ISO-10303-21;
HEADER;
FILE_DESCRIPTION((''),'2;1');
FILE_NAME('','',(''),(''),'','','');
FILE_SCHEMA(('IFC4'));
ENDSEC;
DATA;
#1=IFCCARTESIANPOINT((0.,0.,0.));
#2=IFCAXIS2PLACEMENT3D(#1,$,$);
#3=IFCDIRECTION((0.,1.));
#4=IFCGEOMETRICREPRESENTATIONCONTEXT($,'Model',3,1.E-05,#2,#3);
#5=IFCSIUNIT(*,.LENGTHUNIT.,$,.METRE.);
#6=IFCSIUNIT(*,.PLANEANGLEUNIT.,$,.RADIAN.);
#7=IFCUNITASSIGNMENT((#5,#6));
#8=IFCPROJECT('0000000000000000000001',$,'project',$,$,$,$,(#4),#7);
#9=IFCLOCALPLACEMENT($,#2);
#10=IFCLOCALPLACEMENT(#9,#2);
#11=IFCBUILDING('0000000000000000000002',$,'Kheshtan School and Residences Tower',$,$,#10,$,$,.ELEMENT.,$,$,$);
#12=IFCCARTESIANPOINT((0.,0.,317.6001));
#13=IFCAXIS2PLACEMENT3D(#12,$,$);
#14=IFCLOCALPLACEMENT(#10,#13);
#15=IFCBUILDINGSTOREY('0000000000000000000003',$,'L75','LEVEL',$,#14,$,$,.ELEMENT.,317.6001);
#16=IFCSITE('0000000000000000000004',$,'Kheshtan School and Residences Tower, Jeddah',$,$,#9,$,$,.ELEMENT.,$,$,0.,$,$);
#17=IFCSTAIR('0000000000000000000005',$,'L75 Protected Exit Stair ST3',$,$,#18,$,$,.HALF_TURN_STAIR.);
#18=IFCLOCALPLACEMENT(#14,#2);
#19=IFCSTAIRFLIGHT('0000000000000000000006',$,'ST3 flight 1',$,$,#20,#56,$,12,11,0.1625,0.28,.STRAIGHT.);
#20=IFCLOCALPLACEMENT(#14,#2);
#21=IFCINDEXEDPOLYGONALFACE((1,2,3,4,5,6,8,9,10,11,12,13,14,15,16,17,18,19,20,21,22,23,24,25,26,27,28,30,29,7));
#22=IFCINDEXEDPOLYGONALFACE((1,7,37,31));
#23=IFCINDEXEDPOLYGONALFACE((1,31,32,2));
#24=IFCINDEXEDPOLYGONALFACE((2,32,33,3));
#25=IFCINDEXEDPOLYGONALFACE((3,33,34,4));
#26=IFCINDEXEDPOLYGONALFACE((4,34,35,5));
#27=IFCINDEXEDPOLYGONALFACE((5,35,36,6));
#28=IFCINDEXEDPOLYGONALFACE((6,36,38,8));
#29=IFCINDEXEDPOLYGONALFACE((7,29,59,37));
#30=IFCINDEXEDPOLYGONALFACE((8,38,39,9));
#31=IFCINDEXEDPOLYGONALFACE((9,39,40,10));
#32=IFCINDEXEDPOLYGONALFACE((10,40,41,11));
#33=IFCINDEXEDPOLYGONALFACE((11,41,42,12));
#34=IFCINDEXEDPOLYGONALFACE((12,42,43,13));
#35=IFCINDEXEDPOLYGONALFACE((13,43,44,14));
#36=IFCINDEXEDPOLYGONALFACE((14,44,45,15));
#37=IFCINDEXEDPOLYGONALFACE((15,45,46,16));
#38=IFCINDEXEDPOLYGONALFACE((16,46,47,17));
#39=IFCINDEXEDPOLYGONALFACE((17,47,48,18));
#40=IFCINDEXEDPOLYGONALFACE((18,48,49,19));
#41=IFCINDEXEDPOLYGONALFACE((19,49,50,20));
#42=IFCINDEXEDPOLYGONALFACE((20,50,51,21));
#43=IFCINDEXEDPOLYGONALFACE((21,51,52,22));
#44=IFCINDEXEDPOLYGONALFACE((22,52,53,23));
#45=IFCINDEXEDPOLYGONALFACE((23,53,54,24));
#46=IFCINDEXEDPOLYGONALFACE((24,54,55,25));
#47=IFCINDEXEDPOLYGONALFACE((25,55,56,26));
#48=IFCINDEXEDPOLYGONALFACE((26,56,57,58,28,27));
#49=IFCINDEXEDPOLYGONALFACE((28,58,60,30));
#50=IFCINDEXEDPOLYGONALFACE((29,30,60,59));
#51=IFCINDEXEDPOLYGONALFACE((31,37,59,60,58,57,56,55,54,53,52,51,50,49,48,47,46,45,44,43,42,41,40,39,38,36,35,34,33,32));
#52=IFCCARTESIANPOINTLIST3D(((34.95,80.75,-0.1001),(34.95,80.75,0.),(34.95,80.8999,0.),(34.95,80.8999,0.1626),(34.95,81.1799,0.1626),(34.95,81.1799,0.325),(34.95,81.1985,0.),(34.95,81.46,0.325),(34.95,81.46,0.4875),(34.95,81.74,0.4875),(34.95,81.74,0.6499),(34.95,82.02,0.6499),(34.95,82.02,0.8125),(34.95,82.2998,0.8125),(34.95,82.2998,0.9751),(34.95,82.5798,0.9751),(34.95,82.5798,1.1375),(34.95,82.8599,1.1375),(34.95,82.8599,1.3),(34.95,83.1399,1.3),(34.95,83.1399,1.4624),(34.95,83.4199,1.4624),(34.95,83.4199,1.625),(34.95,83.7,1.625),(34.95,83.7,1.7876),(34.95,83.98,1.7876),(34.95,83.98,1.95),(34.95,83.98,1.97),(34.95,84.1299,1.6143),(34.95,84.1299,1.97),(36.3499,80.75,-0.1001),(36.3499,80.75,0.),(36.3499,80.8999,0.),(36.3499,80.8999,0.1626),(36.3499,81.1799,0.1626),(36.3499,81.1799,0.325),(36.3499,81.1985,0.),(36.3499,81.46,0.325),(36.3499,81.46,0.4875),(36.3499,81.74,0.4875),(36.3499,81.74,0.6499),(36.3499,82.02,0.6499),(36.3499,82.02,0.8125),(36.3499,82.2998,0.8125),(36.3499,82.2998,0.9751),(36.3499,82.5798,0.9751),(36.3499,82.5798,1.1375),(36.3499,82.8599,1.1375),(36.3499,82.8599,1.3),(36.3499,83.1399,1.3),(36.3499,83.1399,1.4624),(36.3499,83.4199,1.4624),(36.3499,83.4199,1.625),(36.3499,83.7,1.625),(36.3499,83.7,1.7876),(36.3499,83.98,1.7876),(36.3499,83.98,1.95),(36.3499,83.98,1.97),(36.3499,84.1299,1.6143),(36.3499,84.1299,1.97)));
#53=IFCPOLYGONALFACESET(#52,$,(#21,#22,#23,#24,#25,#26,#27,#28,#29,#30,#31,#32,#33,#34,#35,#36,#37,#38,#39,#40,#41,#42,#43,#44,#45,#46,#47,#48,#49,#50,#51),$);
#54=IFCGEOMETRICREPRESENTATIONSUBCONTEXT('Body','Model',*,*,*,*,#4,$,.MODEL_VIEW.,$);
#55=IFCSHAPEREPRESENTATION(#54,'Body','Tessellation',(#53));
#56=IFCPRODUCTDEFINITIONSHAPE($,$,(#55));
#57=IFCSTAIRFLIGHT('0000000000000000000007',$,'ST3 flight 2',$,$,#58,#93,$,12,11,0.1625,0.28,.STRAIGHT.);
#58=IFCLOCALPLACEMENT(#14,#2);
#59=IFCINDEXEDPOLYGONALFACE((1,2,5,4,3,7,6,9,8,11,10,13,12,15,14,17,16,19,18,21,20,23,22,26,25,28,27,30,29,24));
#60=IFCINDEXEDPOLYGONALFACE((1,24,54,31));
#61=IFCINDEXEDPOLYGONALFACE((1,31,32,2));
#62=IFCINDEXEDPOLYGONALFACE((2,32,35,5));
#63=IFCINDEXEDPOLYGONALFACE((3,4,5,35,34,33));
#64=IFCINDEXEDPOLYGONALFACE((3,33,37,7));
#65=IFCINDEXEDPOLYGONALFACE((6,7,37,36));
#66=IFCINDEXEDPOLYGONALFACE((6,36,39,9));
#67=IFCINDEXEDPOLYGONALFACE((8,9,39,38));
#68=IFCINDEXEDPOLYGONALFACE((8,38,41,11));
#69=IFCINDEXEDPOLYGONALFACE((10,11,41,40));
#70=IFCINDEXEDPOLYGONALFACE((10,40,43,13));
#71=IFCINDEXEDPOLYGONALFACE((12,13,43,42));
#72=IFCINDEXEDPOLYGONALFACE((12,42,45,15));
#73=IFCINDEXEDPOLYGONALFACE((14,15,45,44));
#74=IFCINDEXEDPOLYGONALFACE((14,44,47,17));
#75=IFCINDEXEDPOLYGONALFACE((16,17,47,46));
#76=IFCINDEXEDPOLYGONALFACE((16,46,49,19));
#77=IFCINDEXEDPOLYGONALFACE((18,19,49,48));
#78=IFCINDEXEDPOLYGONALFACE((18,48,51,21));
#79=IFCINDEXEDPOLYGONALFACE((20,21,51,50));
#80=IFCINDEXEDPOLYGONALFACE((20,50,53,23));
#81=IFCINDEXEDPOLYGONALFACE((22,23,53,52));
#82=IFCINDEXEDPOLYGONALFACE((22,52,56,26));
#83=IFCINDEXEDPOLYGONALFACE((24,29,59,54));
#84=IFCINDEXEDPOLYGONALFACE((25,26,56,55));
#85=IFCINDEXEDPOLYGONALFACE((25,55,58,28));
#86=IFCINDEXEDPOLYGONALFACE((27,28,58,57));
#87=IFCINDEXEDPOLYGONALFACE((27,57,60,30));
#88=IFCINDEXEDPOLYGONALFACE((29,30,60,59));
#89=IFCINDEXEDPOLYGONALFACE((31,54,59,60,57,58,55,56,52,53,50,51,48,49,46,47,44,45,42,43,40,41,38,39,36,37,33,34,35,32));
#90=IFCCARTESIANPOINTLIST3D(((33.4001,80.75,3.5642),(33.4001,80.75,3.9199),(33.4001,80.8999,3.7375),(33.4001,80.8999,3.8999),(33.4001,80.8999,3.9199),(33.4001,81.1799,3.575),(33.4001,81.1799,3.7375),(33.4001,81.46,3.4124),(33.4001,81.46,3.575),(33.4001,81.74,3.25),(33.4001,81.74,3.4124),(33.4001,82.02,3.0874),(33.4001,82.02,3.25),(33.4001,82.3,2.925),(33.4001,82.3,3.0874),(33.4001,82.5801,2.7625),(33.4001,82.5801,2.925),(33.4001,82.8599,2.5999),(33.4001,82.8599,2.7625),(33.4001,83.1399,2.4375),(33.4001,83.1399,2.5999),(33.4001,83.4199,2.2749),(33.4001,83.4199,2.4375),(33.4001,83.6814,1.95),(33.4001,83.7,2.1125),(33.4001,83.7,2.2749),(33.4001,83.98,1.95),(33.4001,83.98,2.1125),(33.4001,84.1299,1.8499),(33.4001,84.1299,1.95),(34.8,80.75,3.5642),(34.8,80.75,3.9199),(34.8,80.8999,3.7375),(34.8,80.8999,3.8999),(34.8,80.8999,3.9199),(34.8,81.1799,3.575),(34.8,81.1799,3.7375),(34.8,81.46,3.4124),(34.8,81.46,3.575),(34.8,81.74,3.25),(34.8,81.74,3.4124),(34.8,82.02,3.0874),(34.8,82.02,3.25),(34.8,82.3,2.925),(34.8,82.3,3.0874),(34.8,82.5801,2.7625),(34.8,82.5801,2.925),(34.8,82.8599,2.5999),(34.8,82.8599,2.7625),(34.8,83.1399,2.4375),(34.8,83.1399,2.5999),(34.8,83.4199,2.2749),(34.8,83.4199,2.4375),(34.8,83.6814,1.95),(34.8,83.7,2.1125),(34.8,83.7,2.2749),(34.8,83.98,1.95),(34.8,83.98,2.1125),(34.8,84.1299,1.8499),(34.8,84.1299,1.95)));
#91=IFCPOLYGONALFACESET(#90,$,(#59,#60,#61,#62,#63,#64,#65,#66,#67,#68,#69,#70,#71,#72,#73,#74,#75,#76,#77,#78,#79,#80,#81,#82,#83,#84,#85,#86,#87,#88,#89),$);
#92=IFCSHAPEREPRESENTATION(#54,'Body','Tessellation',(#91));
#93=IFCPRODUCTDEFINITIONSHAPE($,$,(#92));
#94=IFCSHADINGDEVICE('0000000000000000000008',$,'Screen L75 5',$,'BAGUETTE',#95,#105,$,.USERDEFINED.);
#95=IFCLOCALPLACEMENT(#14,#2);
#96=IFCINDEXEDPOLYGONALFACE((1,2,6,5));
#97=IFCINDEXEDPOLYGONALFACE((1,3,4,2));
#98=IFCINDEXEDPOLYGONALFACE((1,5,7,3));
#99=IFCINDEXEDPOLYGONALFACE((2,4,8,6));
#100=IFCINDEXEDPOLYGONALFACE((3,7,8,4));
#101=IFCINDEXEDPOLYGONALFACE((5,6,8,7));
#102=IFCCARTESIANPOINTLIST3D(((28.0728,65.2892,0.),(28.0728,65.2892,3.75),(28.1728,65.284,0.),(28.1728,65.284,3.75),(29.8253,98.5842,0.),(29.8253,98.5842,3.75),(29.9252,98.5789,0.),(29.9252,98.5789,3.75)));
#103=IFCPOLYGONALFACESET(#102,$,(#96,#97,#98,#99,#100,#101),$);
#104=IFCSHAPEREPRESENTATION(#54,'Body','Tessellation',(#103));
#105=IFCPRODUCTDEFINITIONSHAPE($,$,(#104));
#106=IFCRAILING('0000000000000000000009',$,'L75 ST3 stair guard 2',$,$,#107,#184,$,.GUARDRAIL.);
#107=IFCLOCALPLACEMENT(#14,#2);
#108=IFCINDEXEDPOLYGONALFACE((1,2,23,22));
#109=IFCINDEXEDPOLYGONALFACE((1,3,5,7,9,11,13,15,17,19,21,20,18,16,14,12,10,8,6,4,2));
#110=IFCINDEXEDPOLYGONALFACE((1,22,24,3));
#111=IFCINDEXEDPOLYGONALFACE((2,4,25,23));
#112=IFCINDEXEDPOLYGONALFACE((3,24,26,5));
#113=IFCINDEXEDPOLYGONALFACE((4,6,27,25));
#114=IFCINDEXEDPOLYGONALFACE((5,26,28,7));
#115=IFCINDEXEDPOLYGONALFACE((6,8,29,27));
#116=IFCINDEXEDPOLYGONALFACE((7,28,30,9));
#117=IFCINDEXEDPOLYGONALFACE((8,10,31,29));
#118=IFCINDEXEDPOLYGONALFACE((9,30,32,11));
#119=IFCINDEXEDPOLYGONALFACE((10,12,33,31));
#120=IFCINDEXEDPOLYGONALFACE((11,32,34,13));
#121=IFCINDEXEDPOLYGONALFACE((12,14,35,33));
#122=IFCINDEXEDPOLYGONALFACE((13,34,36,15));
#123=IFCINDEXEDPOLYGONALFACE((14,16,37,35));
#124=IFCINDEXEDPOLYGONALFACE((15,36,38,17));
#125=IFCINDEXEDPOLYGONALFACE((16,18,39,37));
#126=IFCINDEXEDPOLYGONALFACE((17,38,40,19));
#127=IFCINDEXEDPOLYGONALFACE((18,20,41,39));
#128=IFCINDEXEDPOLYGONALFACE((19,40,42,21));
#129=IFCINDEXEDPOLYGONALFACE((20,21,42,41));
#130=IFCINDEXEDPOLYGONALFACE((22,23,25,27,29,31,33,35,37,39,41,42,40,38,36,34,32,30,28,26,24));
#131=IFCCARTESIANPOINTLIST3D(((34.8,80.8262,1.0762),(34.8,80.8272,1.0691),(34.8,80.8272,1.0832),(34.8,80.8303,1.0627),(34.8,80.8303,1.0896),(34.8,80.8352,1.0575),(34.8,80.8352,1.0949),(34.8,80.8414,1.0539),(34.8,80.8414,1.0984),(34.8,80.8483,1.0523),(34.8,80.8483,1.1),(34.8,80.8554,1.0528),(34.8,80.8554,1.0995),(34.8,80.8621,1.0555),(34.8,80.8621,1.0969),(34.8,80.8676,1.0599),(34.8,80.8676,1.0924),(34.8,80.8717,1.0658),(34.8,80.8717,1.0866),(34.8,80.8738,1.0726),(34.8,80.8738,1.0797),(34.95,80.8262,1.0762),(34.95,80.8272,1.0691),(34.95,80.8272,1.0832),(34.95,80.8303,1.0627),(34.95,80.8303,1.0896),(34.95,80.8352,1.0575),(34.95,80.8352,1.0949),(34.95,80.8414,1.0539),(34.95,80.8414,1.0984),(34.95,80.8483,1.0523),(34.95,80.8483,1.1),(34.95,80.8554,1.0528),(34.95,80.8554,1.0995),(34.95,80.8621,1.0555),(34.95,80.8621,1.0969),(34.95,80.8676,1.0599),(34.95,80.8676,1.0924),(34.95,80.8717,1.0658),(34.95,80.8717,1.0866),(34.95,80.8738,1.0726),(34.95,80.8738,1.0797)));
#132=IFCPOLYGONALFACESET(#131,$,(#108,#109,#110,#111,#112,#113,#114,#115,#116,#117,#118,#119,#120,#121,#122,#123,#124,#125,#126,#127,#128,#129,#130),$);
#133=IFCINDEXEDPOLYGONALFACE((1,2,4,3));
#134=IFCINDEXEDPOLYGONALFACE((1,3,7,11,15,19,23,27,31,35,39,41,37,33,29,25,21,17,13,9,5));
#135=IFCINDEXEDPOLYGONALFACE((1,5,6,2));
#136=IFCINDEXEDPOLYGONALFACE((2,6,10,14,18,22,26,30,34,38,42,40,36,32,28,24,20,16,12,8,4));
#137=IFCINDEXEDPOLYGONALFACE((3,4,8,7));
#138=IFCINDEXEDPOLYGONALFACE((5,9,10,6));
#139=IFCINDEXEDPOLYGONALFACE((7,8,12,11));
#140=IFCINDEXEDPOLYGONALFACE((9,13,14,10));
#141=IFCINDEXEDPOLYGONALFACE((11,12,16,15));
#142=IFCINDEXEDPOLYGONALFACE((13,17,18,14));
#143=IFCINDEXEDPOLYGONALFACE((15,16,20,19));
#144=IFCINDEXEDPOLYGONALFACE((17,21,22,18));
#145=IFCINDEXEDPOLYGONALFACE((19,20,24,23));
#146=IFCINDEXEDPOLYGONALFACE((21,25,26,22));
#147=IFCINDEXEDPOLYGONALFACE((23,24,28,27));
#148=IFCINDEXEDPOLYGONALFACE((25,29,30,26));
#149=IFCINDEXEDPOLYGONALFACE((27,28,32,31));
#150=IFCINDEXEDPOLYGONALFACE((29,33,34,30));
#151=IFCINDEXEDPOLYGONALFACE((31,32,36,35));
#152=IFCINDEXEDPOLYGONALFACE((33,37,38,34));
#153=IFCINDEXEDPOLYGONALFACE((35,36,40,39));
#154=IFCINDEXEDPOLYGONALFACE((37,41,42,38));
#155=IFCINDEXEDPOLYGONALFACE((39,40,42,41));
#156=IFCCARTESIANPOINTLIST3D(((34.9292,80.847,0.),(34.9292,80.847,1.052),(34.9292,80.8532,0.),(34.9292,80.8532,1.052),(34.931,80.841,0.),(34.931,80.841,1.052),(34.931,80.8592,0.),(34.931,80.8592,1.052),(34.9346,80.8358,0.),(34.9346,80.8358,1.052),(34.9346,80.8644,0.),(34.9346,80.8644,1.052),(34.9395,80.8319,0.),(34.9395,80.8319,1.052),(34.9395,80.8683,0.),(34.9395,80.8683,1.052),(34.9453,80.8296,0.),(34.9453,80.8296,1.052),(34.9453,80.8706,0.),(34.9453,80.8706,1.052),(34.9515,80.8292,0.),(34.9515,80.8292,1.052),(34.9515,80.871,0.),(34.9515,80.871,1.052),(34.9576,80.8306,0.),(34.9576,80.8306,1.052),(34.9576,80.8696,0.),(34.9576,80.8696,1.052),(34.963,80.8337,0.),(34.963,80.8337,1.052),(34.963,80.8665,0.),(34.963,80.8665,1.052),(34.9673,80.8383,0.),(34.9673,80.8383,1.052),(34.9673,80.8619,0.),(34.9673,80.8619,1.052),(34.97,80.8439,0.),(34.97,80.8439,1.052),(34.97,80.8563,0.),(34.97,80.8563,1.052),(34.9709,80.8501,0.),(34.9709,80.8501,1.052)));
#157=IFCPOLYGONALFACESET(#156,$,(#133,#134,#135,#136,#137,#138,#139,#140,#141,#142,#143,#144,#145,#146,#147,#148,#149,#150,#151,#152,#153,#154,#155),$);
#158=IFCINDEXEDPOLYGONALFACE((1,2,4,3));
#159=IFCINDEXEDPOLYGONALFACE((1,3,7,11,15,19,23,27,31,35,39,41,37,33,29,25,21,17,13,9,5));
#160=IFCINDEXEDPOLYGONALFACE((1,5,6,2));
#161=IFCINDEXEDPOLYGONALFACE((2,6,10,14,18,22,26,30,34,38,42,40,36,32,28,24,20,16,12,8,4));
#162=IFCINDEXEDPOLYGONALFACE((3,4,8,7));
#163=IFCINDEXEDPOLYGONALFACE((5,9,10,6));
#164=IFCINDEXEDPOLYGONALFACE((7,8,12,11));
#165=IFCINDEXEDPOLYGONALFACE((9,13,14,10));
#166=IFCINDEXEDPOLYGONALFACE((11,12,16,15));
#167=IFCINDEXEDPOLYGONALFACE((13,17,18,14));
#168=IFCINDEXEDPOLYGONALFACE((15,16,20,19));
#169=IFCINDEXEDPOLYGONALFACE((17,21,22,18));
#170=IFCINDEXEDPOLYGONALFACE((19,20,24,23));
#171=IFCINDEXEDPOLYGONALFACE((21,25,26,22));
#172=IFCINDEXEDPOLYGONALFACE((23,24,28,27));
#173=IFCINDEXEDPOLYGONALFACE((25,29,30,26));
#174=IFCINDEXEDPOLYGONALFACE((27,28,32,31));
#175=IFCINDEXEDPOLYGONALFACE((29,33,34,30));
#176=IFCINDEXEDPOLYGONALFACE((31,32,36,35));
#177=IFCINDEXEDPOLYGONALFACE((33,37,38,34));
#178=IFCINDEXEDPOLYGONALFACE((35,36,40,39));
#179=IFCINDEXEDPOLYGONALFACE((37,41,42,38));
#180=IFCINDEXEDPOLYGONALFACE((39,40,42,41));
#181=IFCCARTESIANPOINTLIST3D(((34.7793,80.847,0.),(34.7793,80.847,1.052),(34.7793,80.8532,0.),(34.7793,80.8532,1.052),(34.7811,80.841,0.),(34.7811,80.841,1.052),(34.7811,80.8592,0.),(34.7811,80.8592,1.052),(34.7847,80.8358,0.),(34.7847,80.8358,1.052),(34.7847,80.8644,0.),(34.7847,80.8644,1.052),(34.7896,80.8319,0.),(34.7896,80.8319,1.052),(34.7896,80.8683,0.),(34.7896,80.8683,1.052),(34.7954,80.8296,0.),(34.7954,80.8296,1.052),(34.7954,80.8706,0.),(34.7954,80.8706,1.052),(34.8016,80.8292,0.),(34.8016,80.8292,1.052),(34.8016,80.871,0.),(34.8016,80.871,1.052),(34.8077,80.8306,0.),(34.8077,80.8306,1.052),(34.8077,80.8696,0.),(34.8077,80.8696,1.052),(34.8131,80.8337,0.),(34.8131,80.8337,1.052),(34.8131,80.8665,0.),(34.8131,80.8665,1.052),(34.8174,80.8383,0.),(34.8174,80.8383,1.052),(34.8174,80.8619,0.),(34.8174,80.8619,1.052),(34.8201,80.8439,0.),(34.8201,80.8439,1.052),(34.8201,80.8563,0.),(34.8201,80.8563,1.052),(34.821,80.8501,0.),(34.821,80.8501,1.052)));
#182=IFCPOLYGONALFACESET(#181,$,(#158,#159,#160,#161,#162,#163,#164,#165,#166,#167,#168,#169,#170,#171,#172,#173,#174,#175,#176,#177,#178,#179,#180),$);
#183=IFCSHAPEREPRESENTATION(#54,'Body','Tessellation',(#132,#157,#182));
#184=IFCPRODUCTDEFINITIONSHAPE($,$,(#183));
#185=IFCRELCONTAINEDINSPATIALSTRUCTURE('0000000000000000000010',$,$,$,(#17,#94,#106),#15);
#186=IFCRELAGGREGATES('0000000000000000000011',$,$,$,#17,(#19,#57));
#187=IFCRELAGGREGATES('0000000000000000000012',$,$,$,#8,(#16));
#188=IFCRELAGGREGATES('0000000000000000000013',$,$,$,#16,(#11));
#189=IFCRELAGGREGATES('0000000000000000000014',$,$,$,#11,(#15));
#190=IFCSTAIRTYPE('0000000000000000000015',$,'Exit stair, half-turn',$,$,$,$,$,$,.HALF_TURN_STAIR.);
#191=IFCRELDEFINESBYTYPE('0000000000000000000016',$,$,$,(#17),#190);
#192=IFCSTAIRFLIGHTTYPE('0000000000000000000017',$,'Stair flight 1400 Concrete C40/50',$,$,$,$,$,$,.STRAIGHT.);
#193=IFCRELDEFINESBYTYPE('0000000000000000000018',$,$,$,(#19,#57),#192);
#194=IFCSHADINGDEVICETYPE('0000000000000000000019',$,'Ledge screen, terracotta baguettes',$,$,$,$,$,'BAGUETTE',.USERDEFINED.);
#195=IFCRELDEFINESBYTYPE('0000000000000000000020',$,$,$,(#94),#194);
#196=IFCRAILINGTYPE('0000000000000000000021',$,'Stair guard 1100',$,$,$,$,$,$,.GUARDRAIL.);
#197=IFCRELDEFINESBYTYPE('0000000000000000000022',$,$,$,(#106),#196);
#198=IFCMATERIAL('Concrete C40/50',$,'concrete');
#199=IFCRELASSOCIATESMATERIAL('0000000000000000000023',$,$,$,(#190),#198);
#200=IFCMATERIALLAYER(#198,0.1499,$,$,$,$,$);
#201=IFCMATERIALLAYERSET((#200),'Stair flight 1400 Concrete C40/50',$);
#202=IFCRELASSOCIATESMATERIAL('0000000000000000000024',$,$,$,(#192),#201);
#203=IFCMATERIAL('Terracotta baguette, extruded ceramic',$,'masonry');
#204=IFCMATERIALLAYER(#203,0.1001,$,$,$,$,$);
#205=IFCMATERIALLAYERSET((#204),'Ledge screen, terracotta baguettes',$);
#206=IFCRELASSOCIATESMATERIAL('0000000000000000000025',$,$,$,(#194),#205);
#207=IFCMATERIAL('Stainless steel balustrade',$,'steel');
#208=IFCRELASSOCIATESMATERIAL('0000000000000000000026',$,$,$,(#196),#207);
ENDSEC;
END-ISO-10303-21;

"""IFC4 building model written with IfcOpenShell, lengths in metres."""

from ifc_helpers import new_model, si_unit, direction, frame, origin, origin_2d, place, context, subcontext, project, spatial, polyline, rectangle, circle, outline, extrude, material, layer, layer_set, type_object, element, aggregate, save


model = new_model("IFC4")

# Units and contexts
model_context = context("Model", 3, precision=1e-05, world=origin(), true_north=direction((0.0, 1.0)))
body_context = subcontext(model_context, "Body", "Model", "MODEL_VIEW")
ifc_project = project(units=[si_unit("LENGTHUNIT", "METRE"), si_unit("PLANEANGLEUNIT", "RADIAN")], contexts=[model_context])

# Site, building, storey
site_placement = place(None, origin())
site = spatial("IfcSite", under=ifc_project, at=site_placement, Name="Kheshtan School and Residences Tower, Jeddah", CompositionType="ELEMENT", RefElevation=0.0)
building_placement = place(site_placement, origin())
building = spatial("IfcBuilding", under=site, at=building_placement, Name="Kheshtan School and Residences Tower", CompositionType="ELEMENT")
storey_placement = place(building_placement, frame((0.0, 0.0, 317.6001)))
storey = spatial("IfcBuildingStorey", under=building, at=storey_placement, Name="L75", Description="LEVEL", CompositionType="ELEMENT", Elevation=317.6001)

# Shared definitions
ifc_material_1 = material(Name="Concrete C40/50", Category="concrete")

# Stair, stair flights
stair_type = type_object("IfcStairType", Name="Exit stair, half-turn", PredefinedType="HALF_TURN_STAIR", material=ifc_material_1)
stair_placement = place(storey_placement, origin())
stair = element("IfcStair", 1, at=stair_placement, inside=storey, type_object=stair_type, Name="L75 Protected Exit Stair ST3", PredefinedType="HALF_TURN_STAIR")
ifc_layer_1 = layer(ifc_material_1, 0.1499)
ifc_layer_set_1 = layer_set([ifc_layer_1], Name="Stair flight 1400 Concrete C40/50")
stair_flight_type = type_object("IfcStairFlightType", Name="Stair flight 1400 Concrete C40/50", PredefinedType="STRAIGHT", material=ifc_layer_set_1)
stair_flight_1_placement = place(storey_placement, frame((35.6499, 80.8999, 0.0), z_axis=(0.0, 0.0, 1.0), x_axis=(0.0, 1.0, 0.0)))
stair_flight_1 = element("IfcStairFlight", 2, at=stair_flight_1_placement, type_object=stair_flight_type, Name="ST3 flight 1", NumberOfRisers=12, NumberOfTreads=11, PredefinedType="STRAIGHT", RiserHeight=0.1625, TreadLength=0.28, context=body_context, shape_type="SweptSolid", body=[
    extrude(outline(polyline([(-0.1499, -0.1001), (-0.1499, 0.0), (0.0, 0.0), (0.0, 0.1626), (0.28, 0.1626), (0.28, 0.325), (0.5601, 0.325), (0.5601, 0.4875), (0.8401, 0.4875), (0.8401, 0.6499), (1.1201, 0.6499), (1.1201, 0.8125), (1.3999, 0.8125), (1.3999, 0.9751), (1.6799, 0.9751), (1.6799, 1.1375), (1.96, 1.1375), (1.96, 1.3), (2.24, 1.3), (2.24, 1.4624), (2.52, 1.4624), (2.52, 1.625), (2.8, 1.625), (2.8, 1.7876), (3.0801, 1.7876), (3.0801, 1.95), (3.0801, 1.97), (3.23, 1.97), (3.23, 1.6143), (0.2986, 0.0), (-0.1499, -0.1001)])), frame((0.0, 0.7, 0.0), z_axis=(0.0, -1.0, 0.0), x_axis=(1.0, 0.0, 0.0)), (0.0, 0.0, 1.0), 1.3999),
])
stair_flight_2_placement = place(storey_placement, frame((34.1001, 83.98, 1.95), z_axis=(0.0, 0.0, 1.0), x_axis=(0.0, -1.0, 0.0)))
stair_flight_2 = element("IfcStairFlight", 3, at=stair_flight_2_placement, type_object=stair_flight_type, Name="ST3 flight 2", NumberOfRisers=12, NumberOfTreads=11, PredefinedType="STRAIGHT", RiserHeight=0.1625, TreadLength=0.28, context=body_context, shape_type="SweptSolid", body=[
    extrude(outline(polyline([(-0.1499, -0.1001), (-0.1499, 0.0), (0.0, 0.0), (0.0, 0.1626), (0.28, 0.1626), (0.28, 0.325), (0.5601, 0.325), (0.5601, 0.4875), (0.8401, 0.4875), (0.8401, 0.6499), (1.1201, 0.6499), (1.1201, 0.8125), (1.3999, 0.8125), (1.3999, 0.9751), (1.6799, 0.9751), (1.6799, 1.1375), (1.96, 1.1375), (1.96, 1.3), (2.24, 1.3), (2.24, 1.4624), (2.52, 1.4624), (2.52, 1.625), (2.8, 1.625), (2.8, 1.7876), (3.0801, 1.7876), (3.0801, 1.95), (3.0801, 1.97), (3.23, 1.97), (3.23, 1.6143), (0.2986, 0.0), (-0.1499, -0.1001)])), frame((0.0, 0.7, 0.0), z_axis=(0.0, -1.0, 0.0), x_axis=(1.0, 0.0, 0.0)), (0.0, 0.0, 1.0), 1.3999),
])
aggregate(stair, [stair_flight_1, stair_flight_2])

# Shading device
ifc_material_2 = material(Name="Terracotta baguette, extruded ceramic", Category="masonry")
ifc_layer_2 = layer(ifc_material_2, 0.1001)
ifc_layer_set_2 = layer_set([ifc_layer_2], Name="Ledge screen, terracotta baguettes")
shading_device_type = type_object("IfcShadingDeviceType", Name="Ledge screen, terracotta baguettes", ElementType="BAGUETTE", PredefinedType="USERDEFINED", material=ifc_layer_set_2)
shading_device_placement = place(storey_placement, frame((28.999, 81.9341, 0.0), z_axis=(0.0, 0.0, 1.0), x_axis=(0.052563, 0.998618, 0.0)))
element("IfcShadingDevice", 4, at=shading_device_placement, inside=storey, type_object=shading_device_type, Name="Screen L75 5", ObjectType="BAGUETTE", PredefinedType="USERDEFINED", context=body_context, shape_type="SweptSolid", body=[
    extrude(rectangle(XDim=33.3411, YDim=0.1001, at=origin_2d()), origin(), (0.0, 0.0, 1.0), 3.75),
])

# Railing
ifc_material_3 = material(Name="Stainless steel balustrade", Category="steel")
railing_type_1 = type_object("IfcRailingType", Name="Stair guard 1100", PredefinedType="GUARDRAIL", material=ifc_material_3)
railing_1_placement = place(storey_placement, frame((34.95, 80.8501, 0.0)))
element("IfcRailing", 5, at=railing_1_placement, inside=storey, type_object=railing_type_1, Name="L75 ST3 stair guard 2", PredefinedType="GUARDRAIL", context=body_context, shape_type="SweptSolid", body=[
    extrude(circle(Radius=0.0239, at=origin_2d()), frame((0.0, 0.0, 1.0762), z_axis=(-1.0, 0.0, 0.0), x_axis=(0.0, -1.0, 0.0)), (0.0, 0.0, 1.0), 0.1499),
    extrude(circle(Radius=0.021, at=origin_2d()), origin(), (0.0, 0.0, 1.0), 1.052),
    extrude(circle(Radius=0.021, at=origin_2d()), frame((-0.1499, 0.0, 0.0)), (0.0, 0.0, 1.0), 1.052),
])

save(model, "model.ifc")
